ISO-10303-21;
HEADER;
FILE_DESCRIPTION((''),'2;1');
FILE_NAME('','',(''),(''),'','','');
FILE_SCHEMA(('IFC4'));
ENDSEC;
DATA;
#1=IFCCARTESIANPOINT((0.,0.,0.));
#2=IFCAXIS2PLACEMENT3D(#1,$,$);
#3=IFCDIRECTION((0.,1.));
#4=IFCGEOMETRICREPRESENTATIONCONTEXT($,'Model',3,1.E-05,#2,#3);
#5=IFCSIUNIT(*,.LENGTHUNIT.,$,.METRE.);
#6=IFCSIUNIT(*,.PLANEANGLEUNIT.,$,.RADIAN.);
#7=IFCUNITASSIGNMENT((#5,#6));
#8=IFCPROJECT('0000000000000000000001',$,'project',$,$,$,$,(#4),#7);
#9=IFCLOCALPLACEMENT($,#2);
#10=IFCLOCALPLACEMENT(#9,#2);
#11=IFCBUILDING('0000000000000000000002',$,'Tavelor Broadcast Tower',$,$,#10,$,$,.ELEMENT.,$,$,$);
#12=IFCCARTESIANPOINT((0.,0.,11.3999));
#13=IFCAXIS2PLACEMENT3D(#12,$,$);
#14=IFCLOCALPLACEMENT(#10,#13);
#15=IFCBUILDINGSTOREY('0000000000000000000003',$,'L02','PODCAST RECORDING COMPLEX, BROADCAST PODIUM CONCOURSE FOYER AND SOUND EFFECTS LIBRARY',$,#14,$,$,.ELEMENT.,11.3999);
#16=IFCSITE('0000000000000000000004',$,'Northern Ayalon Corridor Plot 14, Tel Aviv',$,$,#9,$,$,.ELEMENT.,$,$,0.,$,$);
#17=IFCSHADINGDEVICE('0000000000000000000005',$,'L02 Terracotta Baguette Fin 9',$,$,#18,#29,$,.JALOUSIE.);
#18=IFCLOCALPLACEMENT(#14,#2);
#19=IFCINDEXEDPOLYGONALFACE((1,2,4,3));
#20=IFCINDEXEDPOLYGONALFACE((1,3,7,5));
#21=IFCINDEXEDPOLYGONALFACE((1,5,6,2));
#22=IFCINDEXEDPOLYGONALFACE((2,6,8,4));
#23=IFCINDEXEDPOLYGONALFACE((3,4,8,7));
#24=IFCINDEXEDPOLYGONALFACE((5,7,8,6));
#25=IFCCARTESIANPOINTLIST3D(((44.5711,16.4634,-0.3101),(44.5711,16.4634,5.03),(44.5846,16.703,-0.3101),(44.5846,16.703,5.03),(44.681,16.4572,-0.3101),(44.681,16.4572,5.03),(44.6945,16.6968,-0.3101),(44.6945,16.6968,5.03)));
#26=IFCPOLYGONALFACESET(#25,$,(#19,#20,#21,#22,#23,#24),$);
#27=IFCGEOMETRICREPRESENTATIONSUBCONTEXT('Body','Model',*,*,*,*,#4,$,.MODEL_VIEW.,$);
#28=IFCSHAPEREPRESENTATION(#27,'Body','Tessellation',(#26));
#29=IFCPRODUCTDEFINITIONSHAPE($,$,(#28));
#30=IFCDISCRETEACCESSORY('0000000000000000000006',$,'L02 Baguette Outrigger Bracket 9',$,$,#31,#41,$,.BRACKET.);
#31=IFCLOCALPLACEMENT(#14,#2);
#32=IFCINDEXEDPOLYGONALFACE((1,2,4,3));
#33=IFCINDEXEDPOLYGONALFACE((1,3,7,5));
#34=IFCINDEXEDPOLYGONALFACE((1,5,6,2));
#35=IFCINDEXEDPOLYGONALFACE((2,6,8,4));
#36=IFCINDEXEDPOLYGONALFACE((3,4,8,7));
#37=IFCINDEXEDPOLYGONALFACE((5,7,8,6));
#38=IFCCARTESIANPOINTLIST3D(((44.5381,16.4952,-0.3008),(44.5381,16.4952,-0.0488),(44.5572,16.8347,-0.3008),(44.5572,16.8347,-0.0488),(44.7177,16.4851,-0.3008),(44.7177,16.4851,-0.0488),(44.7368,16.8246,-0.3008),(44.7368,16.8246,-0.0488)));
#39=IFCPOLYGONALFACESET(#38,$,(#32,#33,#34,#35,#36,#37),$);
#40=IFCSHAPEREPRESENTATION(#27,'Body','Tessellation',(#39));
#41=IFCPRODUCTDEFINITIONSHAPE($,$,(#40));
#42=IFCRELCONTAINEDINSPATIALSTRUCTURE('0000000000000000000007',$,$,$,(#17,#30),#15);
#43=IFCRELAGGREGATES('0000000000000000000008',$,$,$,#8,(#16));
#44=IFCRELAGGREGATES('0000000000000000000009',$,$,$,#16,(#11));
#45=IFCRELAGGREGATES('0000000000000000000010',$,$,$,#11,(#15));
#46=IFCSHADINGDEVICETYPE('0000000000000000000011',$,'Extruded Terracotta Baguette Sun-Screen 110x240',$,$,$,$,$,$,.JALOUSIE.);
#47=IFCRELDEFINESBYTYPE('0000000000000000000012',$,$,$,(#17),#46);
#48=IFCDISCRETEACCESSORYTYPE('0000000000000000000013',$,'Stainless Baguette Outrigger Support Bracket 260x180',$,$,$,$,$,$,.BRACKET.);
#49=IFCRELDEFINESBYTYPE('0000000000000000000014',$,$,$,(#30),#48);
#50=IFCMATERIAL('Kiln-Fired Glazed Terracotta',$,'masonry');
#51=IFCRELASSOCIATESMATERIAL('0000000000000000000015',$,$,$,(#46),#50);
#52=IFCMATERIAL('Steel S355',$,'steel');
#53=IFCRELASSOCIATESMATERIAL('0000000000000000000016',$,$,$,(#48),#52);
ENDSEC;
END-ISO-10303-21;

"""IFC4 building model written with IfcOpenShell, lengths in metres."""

from ifc_helpers import new_model, si_unit, direction, frame, origin, origin_2d, place, context, subcontext, project, spatial, rectangle, extrude, source, transform, mapped, material, type_object, type_shapes, element, save


model = new_model("IFC4")

# Units and contexts
model_context = context("Model", 3, precision=1e-05, world=origin(), true_north=direction((0.0, 1.0)))
body_context = subcontext(model_context, "Body", "Model", "MODEL_VIEW")
ifc_project = project(units=[si_unit("LENGTHUNIT", "METRE"), si_unit("PLANEANGLEUNIT", "RADIAN")], contexts=[model_context])

# Site, building, storey
site_placement = place(None, origin())
site = spatial("IfcSite", under=ifc_project, at=site_placement, Name="Northern Ayalon Corridor Plot 14, Tel Aviv", CompositionType="ELEMENT", RefElevation=0.0)
building_placement = place(site_placement, origin())
building = spatial("IfcBuilding", under=site, at=building_placement, Name="Tavelor Broadcast Tower", CompositionType="ELEMENT")
storey_placement = place(building_placement, frame((0.0, 0.0, 11.3999)))
storey = spatial("IfcBuildingStorey", under=building, at=storey_placement, Name="L02", Description="PODCAST RECORDING COMPLEX, BROADCAST PODIUM CONCOURSE FOYER AND SOUND EFFECTS LIBRARY", CompositionType="ELEMENT", Elevation=11.3999)

# Shared definitions
ifc_material_1 = material(Name="Steel S355", Category="steel")

# Shared definitions
ifc_material_2 = material(Name="Kiln-Fired Glazed Terracotta", Category="masonry")

# Shading device
shading_device_type = type_object("IfcShadingDeviceType", Name="Extruded Terracotta Baguette Sun-Screen 110x240", PredefinedType="JALOUSIE", material=ifc_material_2)
shared_shape_1 = source(origin(), body_context, "Body", "SweptSolid", [
    extrude(rectangle(XDim=0.1101, YDim=0.24, at=origin_2d()), origin(), (0.0, 0.0, 1.0), 5.3401),
])
type_shapes(shading_device_type, [shared_shape_1])
shading_device_placement = place(storey_placement, frame((44.6328, 16.5801, -0.3101), z_axis=(0.0, 0.0, 1.0), x_axis=(0.998421, -0.05617, 0.0)))
element("IfcShadingDevice", 1, at=shading_device_placement, inside=storey, type_object=shading_device_type, Name="L02 Terracotta Baguette Fin 9", PredefinedType="JALOUSIE", context=body_context, shape_type="MappedRepresentation", body=[
    mapped(shared_shape_1, transform((0.0, 0.0, 0.0), scale=1.0)),
])

# Discrete accessory
discrete_accessory_type = type_object("IfcDiscreteAccessoryType", Name="Stainless Baguette Outrigger Support Bracket 260x180", PredefinedType="BRACKET", material=ifc_material_1)
shared_shape_2 = source(origin(), body_context, "Body", "SweptSolid", [
    extrude(rectangle(XDim=0.1799, YDim=0.3401, at=origin_2d()), origin(), (0.0, 0.0, 1.0), 0.252),
])
type_shapes(discrete_accessory_type, [shared_shape_2])
discrete_accessory_placement = place(storey_placement, frame((44.6375, 16.6599, -0.3008), z_axis=(0.0, 0.0, 1.0), x_axis=(0.998421, -0.05617, 0.0)))
element("IfcDiscreteAccessory", 2, at=discrete_accessory_placement, inside=storey, type_object=discrete_accessory_type, Name="L02 Baguette Outrigger Bracket 9", PredefinedType="BRACKET", context=body_context, shape_type="MappedRepresentation", body=[
    mapped(shared_shape_2, transform((0.0, 0.0, 0.0), scale=1.0)),
])

save(model, "model.ifc")
